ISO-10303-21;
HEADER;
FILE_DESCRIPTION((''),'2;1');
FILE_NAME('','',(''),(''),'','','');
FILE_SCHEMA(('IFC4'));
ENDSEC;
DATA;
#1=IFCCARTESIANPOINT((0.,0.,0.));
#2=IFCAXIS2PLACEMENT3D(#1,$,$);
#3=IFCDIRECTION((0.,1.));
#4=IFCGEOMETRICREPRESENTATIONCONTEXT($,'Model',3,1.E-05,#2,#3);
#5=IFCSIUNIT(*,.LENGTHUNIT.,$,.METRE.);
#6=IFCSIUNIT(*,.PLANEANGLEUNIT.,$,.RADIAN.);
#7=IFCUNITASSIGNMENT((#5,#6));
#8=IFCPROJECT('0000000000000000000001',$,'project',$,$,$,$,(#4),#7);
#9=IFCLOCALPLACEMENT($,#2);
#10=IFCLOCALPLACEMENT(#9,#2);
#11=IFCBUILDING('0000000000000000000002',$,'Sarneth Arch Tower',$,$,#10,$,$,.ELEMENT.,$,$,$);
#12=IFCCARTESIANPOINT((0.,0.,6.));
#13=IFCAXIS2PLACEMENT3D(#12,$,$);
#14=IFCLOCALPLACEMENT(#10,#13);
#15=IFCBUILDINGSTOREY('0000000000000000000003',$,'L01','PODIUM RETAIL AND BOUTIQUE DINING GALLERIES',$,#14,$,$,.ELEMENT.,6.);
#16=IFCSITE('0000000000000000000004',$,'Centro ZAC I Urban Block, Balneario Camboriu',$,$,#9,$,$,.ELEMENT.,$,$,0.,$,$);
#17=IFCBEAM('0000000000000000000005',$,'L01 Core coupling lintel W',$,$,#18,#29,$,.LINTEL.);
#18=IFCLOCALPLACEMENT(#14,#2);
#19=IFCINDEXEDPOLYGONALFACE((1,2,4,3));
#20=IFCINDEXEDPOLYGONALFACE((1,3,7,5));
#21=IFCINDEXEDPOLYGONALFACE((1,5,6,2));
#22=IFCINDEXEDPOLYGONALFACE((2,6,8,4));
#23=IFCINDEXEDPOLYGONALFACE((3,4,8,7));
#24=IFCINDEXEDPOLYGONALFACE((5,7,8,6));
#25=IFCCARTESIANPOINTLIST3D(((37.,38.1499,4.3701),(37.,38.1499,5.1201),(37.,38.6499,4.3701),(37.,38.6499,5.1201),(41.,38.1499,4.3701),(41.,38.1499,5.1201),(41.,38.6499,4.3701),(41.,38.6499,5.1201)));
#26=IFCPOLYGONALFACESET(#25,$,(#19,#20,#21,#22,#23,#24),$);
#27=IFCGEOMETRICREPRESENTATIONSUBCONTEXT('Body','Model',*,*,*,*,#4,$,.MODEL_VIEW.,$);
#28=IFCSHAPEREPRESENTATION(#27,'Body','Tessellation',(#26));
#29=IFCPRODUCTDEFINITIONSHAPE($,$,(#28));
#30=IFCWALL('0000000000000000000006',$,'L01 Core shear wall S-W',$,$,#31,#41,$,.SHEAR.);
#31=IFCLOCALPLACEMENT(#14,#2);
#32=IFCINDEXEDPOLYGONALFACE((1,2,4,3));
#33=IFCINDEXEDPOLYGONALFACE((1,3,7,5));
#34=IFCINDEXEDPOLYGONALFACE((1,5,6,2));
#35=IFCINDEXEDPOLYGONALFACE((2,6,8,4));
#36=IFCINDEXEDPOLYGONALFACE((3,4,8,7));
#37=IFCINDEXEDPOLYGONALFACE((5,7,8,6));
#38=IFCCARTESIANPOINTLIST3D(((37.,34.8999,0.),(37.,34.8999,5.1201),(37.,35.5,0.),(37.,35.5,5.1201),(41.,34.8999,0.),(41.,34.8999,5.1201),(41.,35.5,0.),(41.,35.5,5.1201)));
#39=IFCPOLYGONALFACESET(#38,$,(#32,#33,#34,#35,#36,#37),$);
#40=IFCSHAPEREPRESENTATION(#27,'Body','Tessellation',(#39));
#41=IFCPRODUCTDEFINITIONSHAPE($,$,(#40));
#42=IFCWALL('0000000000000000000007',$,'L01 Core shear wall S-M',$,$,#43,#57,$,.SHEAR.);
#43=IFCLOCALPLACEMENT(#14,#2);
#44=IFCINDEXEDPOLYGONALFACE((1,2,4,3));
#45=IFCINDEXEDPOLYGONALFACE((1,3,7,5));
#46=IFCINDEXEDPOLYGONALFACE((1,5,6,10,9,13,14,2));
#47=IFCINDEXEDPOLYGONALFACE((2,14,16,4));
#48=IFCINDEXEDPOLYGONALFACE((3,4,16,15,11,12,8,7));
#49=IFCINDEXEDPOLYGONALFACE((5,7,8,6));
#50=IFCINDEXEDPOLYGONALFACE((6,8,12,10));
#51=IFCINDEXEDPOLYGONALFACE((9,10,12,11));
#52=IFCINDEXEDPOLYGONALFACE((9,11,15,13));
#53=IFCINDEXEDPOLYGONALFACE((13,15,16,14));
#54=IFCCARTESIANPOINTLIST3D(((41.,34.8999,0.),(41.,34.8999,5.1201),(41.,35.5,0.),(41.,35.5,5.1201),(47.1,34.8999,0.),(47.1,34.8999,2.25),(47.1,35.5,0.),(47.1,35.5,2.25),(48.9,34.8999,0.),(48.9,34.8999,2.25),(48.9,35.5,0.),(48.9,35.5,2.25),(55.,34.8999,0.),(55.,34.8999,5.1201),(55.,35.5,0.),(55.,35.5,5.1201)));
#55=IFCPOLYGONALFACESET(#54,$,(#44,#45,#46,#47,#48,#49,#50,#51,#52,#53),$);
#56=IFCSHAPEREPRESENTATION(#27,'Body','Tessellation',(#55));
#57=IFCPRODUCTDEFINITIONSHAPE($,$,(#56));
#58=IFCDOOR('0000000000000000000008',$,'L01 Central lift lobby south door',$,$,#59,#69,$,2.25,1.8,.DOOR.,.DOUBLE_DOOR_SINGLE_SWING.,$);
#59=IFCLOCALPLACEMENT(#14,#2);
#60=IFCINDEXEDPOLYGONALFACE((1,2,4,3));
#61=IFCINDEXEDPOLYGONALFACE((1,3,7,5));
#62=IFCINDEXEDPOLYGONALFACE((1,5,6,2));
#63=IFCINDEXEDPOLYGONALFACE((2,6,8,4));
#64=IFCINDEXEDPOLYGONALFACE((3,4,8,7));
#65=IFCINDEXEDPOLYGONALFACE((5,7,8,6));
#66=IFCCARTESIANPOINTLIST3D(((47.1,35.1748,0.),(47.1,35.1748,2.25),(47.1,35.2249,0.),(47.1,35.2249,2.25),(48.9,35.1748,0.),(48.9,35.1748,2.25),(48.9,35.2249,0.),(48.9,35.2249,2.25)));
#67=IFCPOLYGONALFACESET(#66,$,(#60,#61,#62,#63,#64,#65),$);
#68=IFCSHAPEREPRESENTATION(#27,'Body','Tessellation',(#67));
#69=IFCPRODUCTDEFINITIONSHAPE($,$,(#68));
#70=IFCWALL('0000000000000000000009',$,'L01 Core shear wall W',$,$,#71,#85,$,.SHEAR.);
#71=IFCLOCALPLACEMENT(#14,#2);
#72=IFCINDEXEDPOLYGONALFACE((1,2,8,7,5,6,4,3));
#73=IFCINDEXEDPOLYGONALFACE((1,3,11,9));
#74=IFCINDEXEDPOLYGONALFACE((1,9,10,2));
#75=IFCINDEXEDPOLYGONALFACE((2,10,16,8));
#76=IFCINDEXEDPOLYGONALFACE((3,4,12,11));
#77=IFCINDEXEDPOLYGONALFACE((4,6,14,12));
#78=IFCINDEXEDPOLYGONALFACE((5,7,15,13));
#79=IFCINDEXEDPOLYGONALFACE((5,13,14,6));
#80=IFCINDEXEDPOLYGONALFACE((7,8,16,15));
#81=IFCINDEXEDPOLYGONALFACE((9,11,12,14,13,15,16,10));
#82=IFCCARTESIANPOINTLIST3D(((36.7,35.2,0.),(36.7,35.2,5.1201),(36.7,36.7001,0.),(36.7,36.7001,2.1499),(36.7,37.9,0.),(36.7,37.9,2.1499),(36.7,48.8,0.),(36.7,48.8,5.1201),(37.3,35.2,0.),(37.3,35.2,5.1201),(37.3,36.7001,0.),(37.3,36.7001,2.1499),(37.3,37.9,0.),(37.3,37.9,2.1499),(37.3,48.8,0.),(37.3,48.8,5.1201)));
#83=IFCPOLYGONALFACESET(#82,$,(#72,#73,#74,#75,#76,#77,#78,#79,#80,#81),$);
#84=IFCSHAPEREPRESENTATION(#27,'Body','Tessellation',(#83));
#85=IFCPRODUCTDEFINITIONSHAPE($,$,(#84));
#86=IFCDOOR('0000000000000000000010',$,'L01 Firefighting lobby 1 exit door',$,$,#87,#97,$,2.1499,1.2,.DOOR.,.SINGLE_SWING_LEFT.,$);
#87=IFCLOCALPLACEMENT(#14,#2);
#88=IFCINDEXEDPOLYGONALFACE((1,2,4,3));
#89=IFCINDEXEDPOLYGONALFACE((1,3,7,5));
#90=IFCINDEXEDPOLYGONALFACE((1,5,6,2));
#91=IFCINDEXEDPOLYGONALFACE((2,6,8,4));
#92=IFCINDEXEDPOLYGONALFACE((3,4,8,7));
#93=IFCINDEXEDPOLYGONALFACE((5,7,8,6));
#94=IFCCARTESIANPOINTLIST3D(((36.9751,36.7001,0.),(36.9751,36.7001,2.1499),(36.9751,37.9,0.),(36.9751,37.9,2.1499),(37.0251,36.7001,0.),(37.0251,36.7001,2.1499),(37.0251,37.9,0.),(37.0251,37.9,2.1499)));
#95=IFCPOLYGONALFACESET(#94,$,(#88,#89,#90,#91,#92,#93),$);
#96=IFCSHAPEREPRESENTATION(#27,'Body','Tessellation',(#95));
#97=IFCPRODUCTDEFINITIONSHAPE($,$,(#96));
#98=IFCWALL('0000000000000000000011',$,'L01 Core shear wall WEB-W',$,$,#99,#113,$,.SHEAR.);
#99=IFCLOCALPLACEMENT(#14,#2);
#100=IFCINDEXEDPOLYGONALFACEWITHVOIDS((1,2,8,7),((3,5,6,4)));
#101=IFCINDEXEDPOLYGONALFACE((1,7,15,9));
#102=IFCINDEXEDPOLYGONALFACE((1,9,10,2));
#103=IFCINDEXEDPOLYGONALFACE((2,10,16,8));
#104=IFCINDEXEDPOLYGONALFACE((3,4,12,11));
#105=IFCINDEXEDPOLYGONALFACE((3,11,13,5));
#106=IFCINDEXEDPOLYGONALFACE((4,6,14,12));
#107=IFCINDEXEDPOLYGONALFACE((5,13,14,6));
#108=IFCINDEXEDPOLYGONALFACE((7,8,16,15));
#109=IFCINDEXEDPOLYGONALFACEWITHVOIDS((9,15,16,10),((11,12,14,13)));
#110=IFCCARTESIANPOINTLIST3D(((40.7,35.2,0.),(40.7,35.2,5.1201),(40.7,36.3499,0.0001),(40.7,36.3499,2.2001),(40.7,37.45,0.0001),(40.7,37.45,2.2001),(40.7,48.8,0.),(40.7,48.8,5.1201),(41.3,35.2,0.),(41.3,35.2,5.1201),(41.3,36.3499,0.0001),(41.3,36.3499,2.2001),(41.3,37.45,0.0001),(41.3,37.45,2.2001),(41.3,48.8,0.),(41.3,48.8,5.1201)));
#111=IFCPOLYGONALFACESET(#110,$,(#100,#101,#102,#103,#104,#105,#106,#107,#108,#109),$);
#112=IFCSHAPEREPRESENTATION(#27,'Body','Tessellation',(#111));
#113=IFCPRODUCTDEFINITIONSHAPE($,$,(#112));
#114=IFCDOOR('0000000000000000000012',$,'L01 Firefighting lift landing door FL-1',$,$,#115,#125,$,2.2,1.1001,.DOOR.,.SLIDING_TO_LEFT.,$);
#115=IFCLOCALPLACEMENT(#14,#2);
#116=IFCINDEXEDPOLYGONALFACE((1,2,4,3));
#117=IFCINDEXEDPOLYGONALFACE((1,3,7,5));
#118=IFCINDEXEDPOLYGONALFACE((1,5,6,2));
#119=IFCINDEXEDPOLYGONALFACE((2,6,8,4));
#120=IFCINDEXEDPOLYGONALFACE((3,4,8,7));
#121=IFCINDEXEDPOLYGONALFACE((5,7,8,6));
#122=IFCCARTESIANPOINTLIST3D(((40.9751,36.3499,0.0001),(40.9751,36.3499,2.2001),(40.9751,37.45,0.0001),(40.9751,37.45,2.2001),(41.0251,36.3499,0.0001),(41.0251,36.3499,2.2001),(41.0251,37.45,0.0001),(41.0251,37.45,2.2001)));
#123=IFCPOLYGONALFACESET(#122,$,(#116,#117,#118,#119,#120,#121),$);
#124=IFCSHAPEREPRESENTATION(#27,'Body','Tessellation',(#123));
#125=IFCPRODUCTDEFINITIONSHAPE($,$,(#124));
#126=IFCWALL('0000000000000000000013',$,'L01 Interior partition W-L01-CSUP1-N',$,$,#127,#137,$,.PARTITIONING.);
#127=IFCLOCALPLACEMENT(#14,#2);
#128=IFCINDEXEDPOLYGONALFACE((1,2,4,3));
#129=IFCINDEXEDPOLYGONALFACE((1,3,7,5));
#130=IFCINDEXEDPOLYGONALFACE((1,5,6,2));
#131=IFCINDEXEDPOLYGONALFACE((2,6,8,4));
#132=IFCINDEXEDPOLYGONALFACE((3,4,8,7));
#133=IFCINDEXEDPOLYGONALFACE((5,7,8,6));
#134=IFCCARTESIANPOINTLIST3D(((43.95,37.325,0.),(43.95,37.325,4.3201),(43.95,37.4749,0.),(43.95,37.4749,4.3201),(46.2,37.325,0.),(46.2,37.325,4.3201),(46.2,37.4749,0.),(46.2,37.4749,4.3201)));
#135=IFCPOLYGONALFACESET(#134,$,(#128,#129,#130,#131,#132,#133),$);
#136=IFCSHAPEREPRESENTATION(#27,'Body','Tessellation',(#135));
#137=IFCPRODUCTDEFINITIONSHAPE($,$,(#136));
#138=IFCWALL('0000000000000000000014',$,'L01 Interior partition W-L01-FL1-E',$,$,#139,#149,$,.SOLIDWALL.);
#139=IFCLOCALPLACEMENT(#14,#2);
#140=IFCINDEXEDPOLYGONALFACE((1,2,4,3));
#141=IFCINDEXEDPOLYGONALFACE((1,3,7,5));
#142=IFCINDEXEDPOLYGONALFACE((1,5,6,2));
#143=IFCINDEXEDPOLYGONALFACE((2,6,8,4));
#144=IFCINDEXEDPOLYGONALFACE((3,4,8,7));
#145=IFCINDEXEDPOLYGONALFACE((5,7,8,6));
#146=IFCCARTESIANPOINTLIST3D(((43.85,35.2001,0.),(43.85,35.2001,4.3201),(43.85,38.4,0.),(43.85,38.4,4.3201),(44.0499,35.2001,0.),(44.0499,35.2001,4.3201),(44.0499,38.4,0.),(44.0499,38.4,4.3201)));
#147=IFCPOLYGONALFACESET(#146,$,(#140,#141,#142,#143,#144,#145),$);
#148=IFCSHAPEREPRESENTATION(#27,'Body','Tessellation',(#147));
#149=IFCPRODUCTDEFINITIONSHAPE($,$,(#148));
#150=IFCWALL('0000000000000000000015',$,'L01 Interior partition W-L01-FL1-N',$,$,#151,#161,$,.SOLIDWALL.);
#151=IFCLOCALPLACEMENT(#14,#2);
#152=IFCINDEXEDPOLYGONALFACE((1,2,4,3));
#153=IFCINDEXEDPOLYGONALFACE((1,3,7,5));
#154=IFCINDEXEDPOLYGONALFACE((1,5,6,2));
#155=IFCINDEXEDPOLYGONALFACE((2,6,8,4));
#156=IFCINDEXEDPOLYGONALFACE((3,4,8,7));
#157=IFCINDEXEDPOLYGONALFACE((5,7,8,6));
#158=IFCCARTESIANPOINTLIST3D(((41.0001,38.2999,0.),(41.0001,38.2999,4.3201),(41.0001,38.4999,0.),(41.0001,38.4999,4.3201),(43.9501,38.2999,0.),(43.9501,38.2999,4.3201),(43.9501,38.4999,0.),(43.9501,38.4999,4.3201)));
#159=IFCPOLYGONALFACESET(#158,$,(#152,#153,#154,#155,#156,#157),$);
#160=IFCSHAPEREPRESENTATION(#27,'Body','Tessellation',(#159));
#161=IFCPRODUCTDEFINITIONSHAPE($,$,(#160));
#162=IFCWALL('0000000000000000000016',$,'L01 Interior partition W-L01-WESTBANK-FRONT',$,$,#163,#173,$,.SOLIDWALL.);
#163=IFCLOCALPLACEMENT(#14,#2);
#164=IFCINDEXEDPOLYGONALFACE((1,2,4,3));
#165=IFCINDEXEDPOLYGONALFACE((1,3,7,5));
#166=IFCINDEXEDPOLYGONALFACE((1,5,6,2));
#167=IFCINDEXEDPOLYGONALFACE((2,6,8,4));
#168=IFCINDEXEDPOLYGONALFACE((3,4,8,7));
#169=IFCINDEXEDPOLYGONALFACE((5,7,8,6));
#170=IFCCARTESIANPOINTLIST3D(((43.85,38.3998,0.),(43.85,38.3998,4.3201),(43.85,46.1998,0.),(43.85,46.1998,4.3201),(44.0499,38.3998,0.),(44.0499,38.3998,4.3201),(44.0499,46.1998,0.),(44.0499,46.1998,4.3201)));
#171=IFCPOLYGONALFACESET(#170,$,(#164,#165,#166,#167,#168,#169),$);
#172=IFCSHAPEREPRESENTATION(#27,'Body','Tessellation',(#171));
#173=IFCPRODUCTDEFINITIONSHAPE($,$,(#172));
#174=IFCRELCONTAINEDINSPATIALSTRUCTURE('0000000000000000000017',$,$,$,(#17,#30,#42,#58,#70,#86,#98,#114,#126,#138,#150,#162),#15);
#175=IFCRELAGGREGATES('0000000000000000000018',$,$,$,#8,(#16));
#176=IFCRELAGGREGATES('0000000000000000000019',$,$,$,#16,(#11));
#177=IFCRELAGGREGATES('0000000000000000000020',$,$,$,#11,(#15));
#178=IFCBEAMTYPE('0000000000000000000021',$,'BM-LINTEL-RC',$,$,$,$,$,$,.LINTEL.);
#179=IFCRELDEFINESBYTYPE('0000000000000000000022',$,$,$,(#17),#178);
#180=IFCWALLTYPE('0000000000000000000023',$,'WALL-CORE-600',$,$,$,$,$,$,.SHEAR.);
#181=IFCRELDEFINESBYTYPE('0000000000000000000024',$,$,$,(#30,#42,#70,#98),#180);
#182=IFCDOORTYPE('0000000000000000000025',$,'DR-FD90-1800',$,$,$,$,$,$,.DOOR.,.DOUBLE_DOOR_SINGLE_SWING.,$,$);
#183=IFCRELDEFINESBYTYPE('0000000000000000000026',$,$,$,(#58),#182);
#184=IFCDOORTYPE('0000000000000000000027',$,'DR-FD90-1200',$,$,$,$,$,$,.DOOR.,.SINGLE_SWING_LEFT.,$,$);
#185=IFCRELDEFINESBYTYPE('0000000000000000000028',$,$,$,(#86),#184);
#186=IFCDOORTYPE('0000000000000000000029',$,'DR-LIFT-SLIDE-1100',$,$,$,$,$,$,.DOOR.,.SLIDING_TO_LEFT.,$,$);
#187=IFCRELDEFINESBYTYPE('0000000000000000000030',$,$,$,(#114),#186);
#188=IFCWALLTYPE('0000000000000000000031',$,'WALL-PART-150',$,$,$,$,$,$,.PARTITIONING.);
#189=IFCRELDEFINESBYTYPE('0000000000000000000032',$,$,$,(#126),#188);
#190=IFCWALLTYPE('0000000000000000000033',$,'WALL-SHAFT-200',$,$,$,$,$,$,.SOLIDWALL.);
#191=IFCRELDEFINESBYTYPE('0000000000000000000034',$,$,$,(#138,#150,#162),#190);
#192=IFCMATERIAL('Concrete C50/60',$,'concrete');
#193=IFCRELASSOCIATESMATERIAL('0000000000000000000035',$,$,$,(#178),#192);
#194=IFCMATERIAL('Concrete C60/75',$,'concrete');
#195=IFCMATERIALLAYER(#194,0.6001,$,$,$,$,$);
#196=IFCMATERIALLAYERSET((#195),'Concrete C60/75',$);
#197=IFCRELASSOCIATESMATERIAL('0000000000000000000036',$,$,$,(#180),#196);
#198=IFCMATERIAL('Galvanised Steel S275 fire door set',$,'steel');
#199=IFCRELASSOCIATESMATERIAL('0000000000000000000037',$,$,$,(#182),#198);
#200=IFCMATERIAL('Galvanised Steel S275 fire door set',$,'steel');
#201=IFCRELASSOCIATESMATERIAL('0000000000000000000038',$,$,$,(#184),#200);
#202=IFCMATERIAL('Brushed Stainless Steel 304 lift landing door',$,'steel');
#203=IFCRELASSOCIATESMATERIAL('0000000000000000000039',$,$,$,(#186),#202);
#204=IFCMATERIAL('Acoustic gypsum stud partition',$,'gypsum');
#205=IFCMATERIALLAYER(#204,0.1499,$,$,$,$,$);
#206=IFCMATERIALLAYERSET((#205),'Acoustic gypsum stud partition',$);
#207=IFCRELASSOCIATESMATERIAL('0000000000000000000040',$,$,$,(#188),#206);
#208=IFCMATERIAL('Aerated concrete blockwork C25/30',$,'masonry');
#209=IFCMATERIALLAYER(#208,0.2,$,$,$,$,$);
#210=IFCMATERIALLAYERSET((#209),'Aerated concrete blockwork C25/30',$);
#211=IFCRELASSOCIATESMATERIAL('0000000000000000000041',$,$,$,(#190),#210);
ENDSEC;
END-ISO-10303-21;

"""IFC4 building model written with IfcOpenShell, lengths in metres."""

from ifc_helpers import new_model, si_unit, direction, frame, frame_2d, origin, origin_2d, place, context, subcontext, project, spatial, rectangle, extrude, material, layer, layer_set, material_profile, profile_set, type_object, element, fill, save


model = new_model("IFC4")

# Units and contexts
model_context = context("Model", 3, precision=1e-05, world=origin(), true_north=direction((0.0, 1.0)))
body_context = subcontext(model_context, "Body", "Model", "MODEL_VIEW")
ifc_project = project(units=[si_unit("LENGTHUNIT", "METRE"), si_unit("PLANEANGLEUNIT", "RADIAN")], contexts=[model_context])

# Site, building, storey
site_placement = place(None, origin())
site = spatial("IfcSite", under=ifc_project, at=site_placement, Name="Centro ZAC I Urban Block, Balneario Camboriu", CompositionType="ELEMENT", RefElevation=0.0)
building_placement = place(site_placement, origin())
building = spatial("IfcBuilding", under=site, at=building_placement, Name="Sarneth Arch Tower", CompositionType="ELEMENT")
storey_placement = place(building_placement, frame((0.0, 0.0, 6.0)))
storey = spatial("IfcBuildingStorey", under=building, at=storey_placement, Name="L01", Description="PODIUM RETAIL AND BOUTIQUE DINING GALLERIES", CompositionType="ELEMENT", Elevation=6.0)

# Beam
ifc_material_1 = material(Name="Concrete C50/60", Category="concrete")
ifc_material_profile = material_profile(ifc_material_1, rectangle(XDim=0.5, YDim=0.75, at=origin_2d()), Name="RC-500x750")
ifc_profile_set = profile_set([ifc_material_profile], Name="Concrete C50/60")
beam_type = type_object("IfcBeamType", Name="BM-LINTEL-RC", PredefinedType="LINTEL", material=ifc_profile_set)
beam_placement = place(storey_placement, frame((37.0, 38.3999, 4.7451), z_axis=(1.0, 0.0, 0.0), x_axis=(0.0, 1.0, 0.0)))
element("IfcBeam", 1, at=beam_placement, inside=storey, type_object=beam_type, Name="L01 Core coupling lintel W", PredefinedType="LINTEL", context=body_context, shape_type="SweptSolid", body=[
    extrude(rectangle(XDim=0.5, YDim=0.75, at=origin_2d()), origin(), (0.0, 0.0, 1.0), 4.0),
])

# Wall
ifc_material_2 = material(Name="Concrete C60/75", Category="concrete")
ifc_layer_1 = layer(ifc_material_2, 0.6001)
ifc_layer_set_1 = layer_set([ifc_layer_1], Name="Concrete C60/75")
wall_type_1 = type_object("IfcWallType", Name="WALL-CORE-600", PredefinedType="SHEAR", material=ifc_layer_set_1)
wall_1_placement = place(storey_placement, frame((37.0, 35.2, 0.0), z_axis=(0.0, 0.0, 1.0), x_axis=(1.0, 0.0, 0.0)))
element("IfcWall", 2, at=wall_1_placement, inside=storey, type_object=wall_type_1, Name="L01 Core shear wall S-W", PredefinedType="SHEAR", context=body_context, shape_type="SweptSolid", body=[
    extrude(rectangle(XDim=4.0, YDim=0.6001, at=frame_2d((2.0, 0.0))), origin(), (0.0, 0.0, 1.0), 5.1201),
])

# Walls, openings, doors
wall_2_placement = place(storey_placement, frame((41.0, 35.2, 0.0), z_axis=(0.0, 0.0, 1.0), x_axis=(1.0, 0.0, 0.0)))
wall_2 = element("IfcWall", 3, at=wall_2_placement, inside=storey, type_object=wall_type_1, Name="L01 Core shear wall S-M", PredefinedType="SHEAR", context=body_context, shape_type="SweptSolid", body=[
    extrude(rectangle(XDim=14.0, YDim=0.6001, at=frame_2d((7.0, 0.0))), origin(), (0.0, 0.0, 1.0), 5.1201),
])
opening_1_placement = place(wall_2_placement, frame((6.1001, 0.0, 0.0)))
opening_1 = element("IfcOpeningElement", 4, at=opening_1_placement, cuts=wall_2, PredefinedType="OPENING", context=body_context, shape_type="SweptSolid", body=[
    extrude(rectangle(XDim=1.8, YDim=2.25, at=frame_2d((0.8999, 1.125))), frame((0.0, 0.3101, 0.0), z_axis=(0.0, -1.0, 0.0), x_axis=(1.0, 0.0, 0.0)), (0.0, 0.0, 1.0), 0.6201),
])
ifc_material_3 = material(Name="Galvanised Steel S275 fire door set", Category="steel")
door_type_1 = type_object("IfcDoorType", Name="DR-FD90-1800", OperationType="DOUBLE_DOOR_SINGLE_SWING", PredefinedType="DOOR", material=ifc_material_3)
door_1_placement = place(opening_1_placement, origin())
door_1 = element("IfcDoor", 5, at=door_1_placement, inside=storey, type_object=door_type_1, Name="L01 Central lift lobby south door", OperationType="DOUBLE_DOOR_SINGLE_SWING", OverallHeight=2.25, OverallWidth=1.8, PredefinedType="DOOR", context=body_context, shape_type="SweptSolid", body=[
    extrude(rectangle(XDim=1.8, YDim=2.25, at=frame_2d((0.8999, 1.125))), frame((0.0, 0.0249, 0.0), z_axis=(0.0, -1.0, 0.0), x_axis=(1.0, 0.0, 0.0)), (0.0, 0.0, 1.0), 0.05),
])
fill(opening_1, door_1)
wall_3_placement = place(storey_placement, frame((37.0, 35.2, 0.0), z_axis=(0.0, 0.0, 1.0), x_axis=(0.0, 1.0, 0.0)))
wall_3 = element("IfcWall", 6, at=wall_3_placement, inside=storey, type_object=wall_type_1, Name="L01 Core shear wall W", PredefinedType="SHEAR", context=body_context, shape_type="SweptSolid", body=[
    extrude(rectangle(XDim=13.6001, YDim=0.6001, at=frame_2d((6.8, 0.0))), origin(), (0.0, 0.0, 1.0), 5.1201),
])
opening_2_placement = place(wall_3_placement, frame((1.5, 0.0, 0.0)))
opening_2 = element("IfcOpeningElement", 7, at=opening_2_placement, cuts=wall_3, PredefinedType="OPENING", context=body_context, shape_type="SweptSolid", body=[
    extrude(rectangle(XDim=1.2, YDim=2.1499, at=frame_2d((0.6001, 1.075))), frame((0.0, 0.3101, 0.0), z_axis=(0.0, -1.0, 0.0), x_axis=(1.0, 0.0, 0.0)), (0.0, 0.0, 1.0), 0.6201),
])
ifc_material_4 = material(Name="Galvanised Steel S275 fire door set", Category="steel")
door_type_2 = type_object("IfcDoorType", Name="DR-FD90-1200", OperationType="SINGLE_SWING_LEFT", PredefinedType="DOOR", material=ifc_material_4)
door_2_placement = place(opening_2_placement, origin())
door_2 = element("IfcDoor", 8, at=door_2_placement, inside=storey, type_object=door_type_2, Name="L01 Firefighting lobby 1 exit door", OperationType="SINGLE_SWING_LEFT", OverallHeight=2.1499, OverallWidth=1.2, PredefinedType="DOOR", context=body_context, shape_type="SweptSolid", body=[
    extrude(rectangle(XDim=1.2, YDim=2.1499, at=frame_2d((0.6001, 1.075))), frame((0.0, 0.0249, 0.0), z_axis=(0.0, -1.0, 0.0), x_axis=(1.0, 0.0, 0.0)), (0.0, 0.0, 1.0), 0.05),
])
fill(opening_2, door_2)
wall_4_placement = place(storey_placement, frame((41.0, 35.2, 0.0), z_axis=(0.0, 0.0, 1.0), x_axis=(0.0, 1.0, 0.0)))
wall_4 = element("IfcWall", 9, at=wall_4_placement, inside=storey, type_object=wall_type_1, Name="L01 Core shear wall WEB-W", PredefinedType="SHEAR", context=body_context, shape_type="SweptSolid", body=[
    extrude(rectangle(XDim=13.6001, YDim=0.6001, at=frame_2d((6.8, 0.0))), origin(), (0.0, 0.0, 1.0), 5.1201),
])
opening_3_placement = place(wall_4_placement, frame((1.1499, 0.0, 0.0)))
opening_3 = element("IfcOpeningElement", 10, at=opening_3_placement, cuts=wall_4, PredefinedType="OPENING", context=body_context, shape_type="SweptSolid", body=[
    extrude(rectangle(XDim=1.1001, YDim=2.2, at=frame_2d((0.55, 1.1001))), frame((0.0, 0.3101, 0.0), z_axis=(0.0, -1.0, 0.0), x_axis=(1.0, 0.0, 0.0)), (0.0, 0.0, 1.0), 0.6201),
])
ifc_material_5 = material(Name="Brushed Stainless Steel 304 lift landing door", Category="steel")
door_type_3 = type_object("IfcDoorType", Name="DR-LIFT-SLIDE-1100", OperationType="SLIDING_TO_LEFT", PredefinedType="DOOR", material=ifc_material_5)
door_3_placement = place(opening_3_placement, origin())
door_3 = element("IfcDoor", 11, at=door_3_placement, inside=storey, type_object=door_type_3, Name="L01 Firefighting lift landing door FL-1", OperationType="SLIDING_TO_LEFT", OverallHeight=2.2, OverallWidth=1.1001, PredefinedType="DOOR", context=body_context, shape_type="SweptSolid", body=[
    extrude(rectangle(XDim=1.1001, YDim=2.2, at=frame_2d((0.55, 1.1001))), frame((0.0, 0.0249, 0.0), z_axis=(0.0, -1.0, 0.0), x_axis=(1.0, 0.0, 0.0)), (0.0, 0.0, 1.0), 0.05),
])
fill(opening_3, door_3)

# Wall
ifc_material_6 = material(Name="Acoustic gypsum stud partition", Category="gypsum")
ifc_layer_2 = layer(ifc_material_6, 0.1499)
ifc_layer_set_2 = layer_set([ifc_layer_2], Name="Acoustic gypsum stud partition")
wall_type_2 = type_object("IfcWallType", Name="WALL-PART-150", PredefinedType="PARTITIONING", material=ifc_layer_set_2)
wall_5_placement = place(storey_placement, frame((43.95, 37.3999, 0.0), z_axis=(0.0, 0.0, 1.0), x_axis=(1.0, 0.0, 0.0)))
element("IfcWall", 12, at=wall_5_placement, inside=storey, type_object=wall_type_2, Name="L01 Interior partition W-L01-CSUP1-N", PredefinedType="PARTITIONING", context=body_context, shape_type="SweptSolid", body=[
    extrude(rectangle(XDim=2.25, YDim=0.1499, at=frame_2d((1.125, 0.0))), origin(), (0.0, 0.0, 1.0), 4.3201),
])

# Shared definitions
ifc_material_7 = material(Name="Aerated concrete blockwork C25/30", Category="masonry")
ifc_layer_3 = layer(ifc_material_7, 0.2)
ifc_layer_set_3 = layer_set([ifc_layer_3], Name="Aerated concrete blockwork C25/30")
wall_type_3 = type_object("IfcWallType", Name="WALL-SHAFT-200", PredefinedType="SOLIDWALL", material=ifc_layer_set_3)

# Walls
wall_6_placement = place(storey_placement, frame((43.95, 35.2, 0.0), z_axis=(0.0, 0.0, 1.0), x_axis=(0.0, 1.0, 0.0)))
element("IfcWall", 13, at=wall_6_placement, inside=storey, type_object=wall_type_3, Name="L01 Interior partition W-L01-FL1-E", PredefinedType="SOLIDWALL", context=body_context, shape_type="SweptSolid", body=[
    extrude(rectangle(XDim=3.2, YDim=0.2, at=frame_2d((1.6001, 0.0))), origin(), (0.0, 0.0, 1.0), 4.3201),
])
wall_7_placement = place(storey_placement, frame((41.0, 38.3999, 0.0), z_axis=(0.0, 0.0, 1.0), x_axis=(1.0, 0.0, 0.0)))
element("IfcWall", 14, at=wall_7_placement, inside=storey, type_object=wall_type_3, Name="L01 Interior partition W-L01-FL1-N", PredefinedType="SOLIDWALL", context=body_context, shape_type="SweptSolid", body=[
    extrude(rectangle(XDim=2.95, YDim=0.2, at=frame_2d((1.4751, 0.0))), origin(), (0.0, 0.0, 1.0), 4.3201),
])
wall_8_placement = place(storey_placement, frame((43.95, 38.3999, 0.0), z_axis=(0.0, 0.0, 1.0), x_axis=(0.0, 1.0, 0.0)))
element("IfcWall", 15, at=wall_8_placement, inside=storey, type_object=wall_type_3, Name="L01 Interior partition W-L01-WESTBANK-FRONT", PredefinedType="SOLIDWALL", context=body_context, shape_type="SweptSolid", body=[
    extrude(rectangle(XDim=7.8, YDim=0.2, at=frame_2d((3.8999, 0.0))), origin(), (0.0, 0.0, 1.0), 4.3201),
])

save(model, "model.ifc")
